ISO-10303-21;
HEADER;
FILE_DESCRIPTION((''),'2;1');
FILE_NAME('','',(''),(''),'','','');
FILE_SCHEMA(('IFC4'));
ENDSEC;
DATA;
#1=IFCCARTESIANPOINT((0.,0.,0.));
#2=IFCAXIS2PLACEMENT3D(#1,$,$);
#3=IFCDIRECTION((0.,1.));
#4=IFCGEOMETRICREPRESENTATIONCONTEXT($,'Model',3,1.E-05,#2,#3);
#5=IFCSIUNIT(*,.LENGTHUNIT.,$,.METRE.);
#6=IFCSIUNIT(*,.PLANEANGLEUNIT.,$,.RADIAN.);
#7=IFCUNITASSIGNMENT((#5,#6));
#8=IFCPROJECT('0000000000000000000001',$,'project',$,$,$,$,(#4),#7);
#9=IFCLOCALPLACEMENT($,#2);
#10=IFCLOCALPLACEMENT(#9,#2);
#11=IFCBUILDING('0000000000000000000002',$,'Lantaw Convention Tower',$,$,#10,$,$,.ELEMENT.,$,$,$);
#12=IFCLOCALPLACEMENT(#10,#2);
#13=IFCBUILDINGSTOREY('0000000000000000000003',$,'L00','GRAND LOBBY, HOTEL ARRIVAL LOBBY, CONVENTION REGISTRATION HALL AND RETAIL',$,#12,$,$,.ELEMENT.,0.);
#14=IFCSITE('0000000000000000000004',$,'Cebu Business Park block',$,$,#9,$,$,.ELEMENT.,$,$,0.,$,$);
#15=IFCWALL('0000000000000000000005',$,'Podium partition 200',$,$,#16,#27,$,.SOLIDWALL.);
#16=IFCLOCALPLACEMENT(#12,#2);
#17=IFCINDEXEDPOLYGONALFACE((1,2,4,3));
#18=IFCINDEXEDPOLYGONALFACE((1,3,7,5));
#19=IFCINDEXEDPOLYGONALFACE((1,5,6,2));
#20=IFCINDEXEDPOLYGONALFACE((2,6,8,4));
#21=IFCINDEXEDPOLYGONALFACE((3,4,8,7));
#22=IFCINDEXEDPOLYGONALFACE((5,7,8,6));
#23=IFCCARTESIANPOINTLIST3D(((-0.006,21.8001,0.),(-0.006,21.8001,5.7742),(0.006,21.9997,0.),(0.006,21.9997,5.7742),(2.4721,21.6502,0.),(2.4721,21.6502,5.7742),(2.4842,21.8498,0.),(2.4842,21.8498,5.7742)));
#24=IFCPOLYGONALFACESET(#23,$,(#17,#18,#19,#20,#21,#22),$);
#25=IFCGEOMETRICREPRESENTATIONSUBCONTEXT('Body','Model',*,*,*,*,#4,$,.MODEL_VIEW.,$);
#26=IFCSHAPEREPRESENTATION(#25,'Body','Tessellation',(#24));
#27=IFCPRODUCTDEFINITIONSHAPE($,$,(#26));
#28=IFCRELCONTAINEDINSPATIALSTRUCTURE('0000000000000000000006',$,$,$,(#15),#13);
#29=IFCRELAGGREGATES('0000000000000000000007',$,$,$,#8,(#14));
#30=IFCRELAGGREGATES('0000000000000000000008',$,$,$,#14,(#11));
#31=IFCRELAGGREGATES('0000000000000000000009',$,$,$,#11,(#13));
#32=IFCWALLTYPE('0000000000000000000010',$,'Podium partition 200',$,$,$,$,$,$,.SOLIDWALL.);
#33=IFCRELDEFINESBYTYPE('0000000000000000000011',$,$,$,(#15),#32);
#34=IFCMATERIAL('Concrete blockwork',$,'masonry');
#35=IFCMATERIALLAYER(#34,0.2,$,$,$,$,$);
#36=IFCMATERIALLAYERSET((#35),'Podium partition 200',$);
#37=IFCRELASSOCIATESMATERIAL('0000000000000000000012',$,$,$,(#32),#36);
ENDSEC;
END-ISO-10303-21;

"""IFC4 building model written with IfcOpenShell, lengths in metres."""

from ifc_helpers import new_model, si_unit, direction, frame, frame_2d, origin, place, context, subcontext, project, spatial, rectangle, extrude, material, layer, layer_set, type_object, element, save


model = new_model("IFC4")

# Units and contexts
model_context = context("Model", 3, precision=1e-05, world=origin(), true_north=direction((0.0, 1.0)))
body_context = subcontext(model_context, "Body", "Model", "MODEL_VIEW")
ifc_project = project(units=[si_unit("LENGTHUNIT", "METRE"), si_unit("PLANEANGLEUNIT", "RADIAN")], contexts=[model_context])

# Site, building, storey
site_placement = place(None, origin())
site = spatial("IfcSite", under=ifc_project, at=site_placement, Name="Cebu Business Park block", CompositionType="ELEMENT", RefElevation=0.0)
building_placement = place(site_placement, origin())
building = spatial("IfcBuilding", under=site, at=building_placement, Name="Lantaw Convention Tower", CompositionType="ELEMENT")
storey_placement = place(building_placement, origin())
storey = spatial("IfcBuildingStorey", under=building, at=storey_placement, Name="L00", Description="GRAND LOBBY, HOTEL ARRIVAL LOBBY, CONVENTION REGISTRATION HALL AND RETAIL", CompositionType="ELEMENT", Elevation=0.0)

# Wall
ifc_material_1 = material(Name="Concrete blockwork", Category="masonry")
ifc_layer_1 = layer(ifc_material_1, 0.2)
ifc_layer_set_1 = layer_set([ifc_layer_1], Name="Podium partition 200")
wall_type_1 = type_object("IfcWallType", Name="Podium partition 200", PredefinedType="SOLIDWALL", material=ifc_layer_set_1)
wall_1_placement = place(storey_placement, frame((2.478, 21.75, 0.0), z_axis=(0.0, 0.0, 1.0), x_axis=(-0.998175, 0.060382, 0.0)))
element("IfcWall", 1, at=wall_1_placement, inside=storey, type_object=wall_type_1, Name="Podium partition 200", PredefinedType="SOLIDWALL", context=body_context, shape_type="SweptSolid", body=[
    extrude(rectangle(XDim=2.4827, YDim=0.2, at=frame_2d((1.2412, 0.0))), origin(), (0.0, 0.0, 1.0), 5.7742),
])

save(model, "model.ifc")
